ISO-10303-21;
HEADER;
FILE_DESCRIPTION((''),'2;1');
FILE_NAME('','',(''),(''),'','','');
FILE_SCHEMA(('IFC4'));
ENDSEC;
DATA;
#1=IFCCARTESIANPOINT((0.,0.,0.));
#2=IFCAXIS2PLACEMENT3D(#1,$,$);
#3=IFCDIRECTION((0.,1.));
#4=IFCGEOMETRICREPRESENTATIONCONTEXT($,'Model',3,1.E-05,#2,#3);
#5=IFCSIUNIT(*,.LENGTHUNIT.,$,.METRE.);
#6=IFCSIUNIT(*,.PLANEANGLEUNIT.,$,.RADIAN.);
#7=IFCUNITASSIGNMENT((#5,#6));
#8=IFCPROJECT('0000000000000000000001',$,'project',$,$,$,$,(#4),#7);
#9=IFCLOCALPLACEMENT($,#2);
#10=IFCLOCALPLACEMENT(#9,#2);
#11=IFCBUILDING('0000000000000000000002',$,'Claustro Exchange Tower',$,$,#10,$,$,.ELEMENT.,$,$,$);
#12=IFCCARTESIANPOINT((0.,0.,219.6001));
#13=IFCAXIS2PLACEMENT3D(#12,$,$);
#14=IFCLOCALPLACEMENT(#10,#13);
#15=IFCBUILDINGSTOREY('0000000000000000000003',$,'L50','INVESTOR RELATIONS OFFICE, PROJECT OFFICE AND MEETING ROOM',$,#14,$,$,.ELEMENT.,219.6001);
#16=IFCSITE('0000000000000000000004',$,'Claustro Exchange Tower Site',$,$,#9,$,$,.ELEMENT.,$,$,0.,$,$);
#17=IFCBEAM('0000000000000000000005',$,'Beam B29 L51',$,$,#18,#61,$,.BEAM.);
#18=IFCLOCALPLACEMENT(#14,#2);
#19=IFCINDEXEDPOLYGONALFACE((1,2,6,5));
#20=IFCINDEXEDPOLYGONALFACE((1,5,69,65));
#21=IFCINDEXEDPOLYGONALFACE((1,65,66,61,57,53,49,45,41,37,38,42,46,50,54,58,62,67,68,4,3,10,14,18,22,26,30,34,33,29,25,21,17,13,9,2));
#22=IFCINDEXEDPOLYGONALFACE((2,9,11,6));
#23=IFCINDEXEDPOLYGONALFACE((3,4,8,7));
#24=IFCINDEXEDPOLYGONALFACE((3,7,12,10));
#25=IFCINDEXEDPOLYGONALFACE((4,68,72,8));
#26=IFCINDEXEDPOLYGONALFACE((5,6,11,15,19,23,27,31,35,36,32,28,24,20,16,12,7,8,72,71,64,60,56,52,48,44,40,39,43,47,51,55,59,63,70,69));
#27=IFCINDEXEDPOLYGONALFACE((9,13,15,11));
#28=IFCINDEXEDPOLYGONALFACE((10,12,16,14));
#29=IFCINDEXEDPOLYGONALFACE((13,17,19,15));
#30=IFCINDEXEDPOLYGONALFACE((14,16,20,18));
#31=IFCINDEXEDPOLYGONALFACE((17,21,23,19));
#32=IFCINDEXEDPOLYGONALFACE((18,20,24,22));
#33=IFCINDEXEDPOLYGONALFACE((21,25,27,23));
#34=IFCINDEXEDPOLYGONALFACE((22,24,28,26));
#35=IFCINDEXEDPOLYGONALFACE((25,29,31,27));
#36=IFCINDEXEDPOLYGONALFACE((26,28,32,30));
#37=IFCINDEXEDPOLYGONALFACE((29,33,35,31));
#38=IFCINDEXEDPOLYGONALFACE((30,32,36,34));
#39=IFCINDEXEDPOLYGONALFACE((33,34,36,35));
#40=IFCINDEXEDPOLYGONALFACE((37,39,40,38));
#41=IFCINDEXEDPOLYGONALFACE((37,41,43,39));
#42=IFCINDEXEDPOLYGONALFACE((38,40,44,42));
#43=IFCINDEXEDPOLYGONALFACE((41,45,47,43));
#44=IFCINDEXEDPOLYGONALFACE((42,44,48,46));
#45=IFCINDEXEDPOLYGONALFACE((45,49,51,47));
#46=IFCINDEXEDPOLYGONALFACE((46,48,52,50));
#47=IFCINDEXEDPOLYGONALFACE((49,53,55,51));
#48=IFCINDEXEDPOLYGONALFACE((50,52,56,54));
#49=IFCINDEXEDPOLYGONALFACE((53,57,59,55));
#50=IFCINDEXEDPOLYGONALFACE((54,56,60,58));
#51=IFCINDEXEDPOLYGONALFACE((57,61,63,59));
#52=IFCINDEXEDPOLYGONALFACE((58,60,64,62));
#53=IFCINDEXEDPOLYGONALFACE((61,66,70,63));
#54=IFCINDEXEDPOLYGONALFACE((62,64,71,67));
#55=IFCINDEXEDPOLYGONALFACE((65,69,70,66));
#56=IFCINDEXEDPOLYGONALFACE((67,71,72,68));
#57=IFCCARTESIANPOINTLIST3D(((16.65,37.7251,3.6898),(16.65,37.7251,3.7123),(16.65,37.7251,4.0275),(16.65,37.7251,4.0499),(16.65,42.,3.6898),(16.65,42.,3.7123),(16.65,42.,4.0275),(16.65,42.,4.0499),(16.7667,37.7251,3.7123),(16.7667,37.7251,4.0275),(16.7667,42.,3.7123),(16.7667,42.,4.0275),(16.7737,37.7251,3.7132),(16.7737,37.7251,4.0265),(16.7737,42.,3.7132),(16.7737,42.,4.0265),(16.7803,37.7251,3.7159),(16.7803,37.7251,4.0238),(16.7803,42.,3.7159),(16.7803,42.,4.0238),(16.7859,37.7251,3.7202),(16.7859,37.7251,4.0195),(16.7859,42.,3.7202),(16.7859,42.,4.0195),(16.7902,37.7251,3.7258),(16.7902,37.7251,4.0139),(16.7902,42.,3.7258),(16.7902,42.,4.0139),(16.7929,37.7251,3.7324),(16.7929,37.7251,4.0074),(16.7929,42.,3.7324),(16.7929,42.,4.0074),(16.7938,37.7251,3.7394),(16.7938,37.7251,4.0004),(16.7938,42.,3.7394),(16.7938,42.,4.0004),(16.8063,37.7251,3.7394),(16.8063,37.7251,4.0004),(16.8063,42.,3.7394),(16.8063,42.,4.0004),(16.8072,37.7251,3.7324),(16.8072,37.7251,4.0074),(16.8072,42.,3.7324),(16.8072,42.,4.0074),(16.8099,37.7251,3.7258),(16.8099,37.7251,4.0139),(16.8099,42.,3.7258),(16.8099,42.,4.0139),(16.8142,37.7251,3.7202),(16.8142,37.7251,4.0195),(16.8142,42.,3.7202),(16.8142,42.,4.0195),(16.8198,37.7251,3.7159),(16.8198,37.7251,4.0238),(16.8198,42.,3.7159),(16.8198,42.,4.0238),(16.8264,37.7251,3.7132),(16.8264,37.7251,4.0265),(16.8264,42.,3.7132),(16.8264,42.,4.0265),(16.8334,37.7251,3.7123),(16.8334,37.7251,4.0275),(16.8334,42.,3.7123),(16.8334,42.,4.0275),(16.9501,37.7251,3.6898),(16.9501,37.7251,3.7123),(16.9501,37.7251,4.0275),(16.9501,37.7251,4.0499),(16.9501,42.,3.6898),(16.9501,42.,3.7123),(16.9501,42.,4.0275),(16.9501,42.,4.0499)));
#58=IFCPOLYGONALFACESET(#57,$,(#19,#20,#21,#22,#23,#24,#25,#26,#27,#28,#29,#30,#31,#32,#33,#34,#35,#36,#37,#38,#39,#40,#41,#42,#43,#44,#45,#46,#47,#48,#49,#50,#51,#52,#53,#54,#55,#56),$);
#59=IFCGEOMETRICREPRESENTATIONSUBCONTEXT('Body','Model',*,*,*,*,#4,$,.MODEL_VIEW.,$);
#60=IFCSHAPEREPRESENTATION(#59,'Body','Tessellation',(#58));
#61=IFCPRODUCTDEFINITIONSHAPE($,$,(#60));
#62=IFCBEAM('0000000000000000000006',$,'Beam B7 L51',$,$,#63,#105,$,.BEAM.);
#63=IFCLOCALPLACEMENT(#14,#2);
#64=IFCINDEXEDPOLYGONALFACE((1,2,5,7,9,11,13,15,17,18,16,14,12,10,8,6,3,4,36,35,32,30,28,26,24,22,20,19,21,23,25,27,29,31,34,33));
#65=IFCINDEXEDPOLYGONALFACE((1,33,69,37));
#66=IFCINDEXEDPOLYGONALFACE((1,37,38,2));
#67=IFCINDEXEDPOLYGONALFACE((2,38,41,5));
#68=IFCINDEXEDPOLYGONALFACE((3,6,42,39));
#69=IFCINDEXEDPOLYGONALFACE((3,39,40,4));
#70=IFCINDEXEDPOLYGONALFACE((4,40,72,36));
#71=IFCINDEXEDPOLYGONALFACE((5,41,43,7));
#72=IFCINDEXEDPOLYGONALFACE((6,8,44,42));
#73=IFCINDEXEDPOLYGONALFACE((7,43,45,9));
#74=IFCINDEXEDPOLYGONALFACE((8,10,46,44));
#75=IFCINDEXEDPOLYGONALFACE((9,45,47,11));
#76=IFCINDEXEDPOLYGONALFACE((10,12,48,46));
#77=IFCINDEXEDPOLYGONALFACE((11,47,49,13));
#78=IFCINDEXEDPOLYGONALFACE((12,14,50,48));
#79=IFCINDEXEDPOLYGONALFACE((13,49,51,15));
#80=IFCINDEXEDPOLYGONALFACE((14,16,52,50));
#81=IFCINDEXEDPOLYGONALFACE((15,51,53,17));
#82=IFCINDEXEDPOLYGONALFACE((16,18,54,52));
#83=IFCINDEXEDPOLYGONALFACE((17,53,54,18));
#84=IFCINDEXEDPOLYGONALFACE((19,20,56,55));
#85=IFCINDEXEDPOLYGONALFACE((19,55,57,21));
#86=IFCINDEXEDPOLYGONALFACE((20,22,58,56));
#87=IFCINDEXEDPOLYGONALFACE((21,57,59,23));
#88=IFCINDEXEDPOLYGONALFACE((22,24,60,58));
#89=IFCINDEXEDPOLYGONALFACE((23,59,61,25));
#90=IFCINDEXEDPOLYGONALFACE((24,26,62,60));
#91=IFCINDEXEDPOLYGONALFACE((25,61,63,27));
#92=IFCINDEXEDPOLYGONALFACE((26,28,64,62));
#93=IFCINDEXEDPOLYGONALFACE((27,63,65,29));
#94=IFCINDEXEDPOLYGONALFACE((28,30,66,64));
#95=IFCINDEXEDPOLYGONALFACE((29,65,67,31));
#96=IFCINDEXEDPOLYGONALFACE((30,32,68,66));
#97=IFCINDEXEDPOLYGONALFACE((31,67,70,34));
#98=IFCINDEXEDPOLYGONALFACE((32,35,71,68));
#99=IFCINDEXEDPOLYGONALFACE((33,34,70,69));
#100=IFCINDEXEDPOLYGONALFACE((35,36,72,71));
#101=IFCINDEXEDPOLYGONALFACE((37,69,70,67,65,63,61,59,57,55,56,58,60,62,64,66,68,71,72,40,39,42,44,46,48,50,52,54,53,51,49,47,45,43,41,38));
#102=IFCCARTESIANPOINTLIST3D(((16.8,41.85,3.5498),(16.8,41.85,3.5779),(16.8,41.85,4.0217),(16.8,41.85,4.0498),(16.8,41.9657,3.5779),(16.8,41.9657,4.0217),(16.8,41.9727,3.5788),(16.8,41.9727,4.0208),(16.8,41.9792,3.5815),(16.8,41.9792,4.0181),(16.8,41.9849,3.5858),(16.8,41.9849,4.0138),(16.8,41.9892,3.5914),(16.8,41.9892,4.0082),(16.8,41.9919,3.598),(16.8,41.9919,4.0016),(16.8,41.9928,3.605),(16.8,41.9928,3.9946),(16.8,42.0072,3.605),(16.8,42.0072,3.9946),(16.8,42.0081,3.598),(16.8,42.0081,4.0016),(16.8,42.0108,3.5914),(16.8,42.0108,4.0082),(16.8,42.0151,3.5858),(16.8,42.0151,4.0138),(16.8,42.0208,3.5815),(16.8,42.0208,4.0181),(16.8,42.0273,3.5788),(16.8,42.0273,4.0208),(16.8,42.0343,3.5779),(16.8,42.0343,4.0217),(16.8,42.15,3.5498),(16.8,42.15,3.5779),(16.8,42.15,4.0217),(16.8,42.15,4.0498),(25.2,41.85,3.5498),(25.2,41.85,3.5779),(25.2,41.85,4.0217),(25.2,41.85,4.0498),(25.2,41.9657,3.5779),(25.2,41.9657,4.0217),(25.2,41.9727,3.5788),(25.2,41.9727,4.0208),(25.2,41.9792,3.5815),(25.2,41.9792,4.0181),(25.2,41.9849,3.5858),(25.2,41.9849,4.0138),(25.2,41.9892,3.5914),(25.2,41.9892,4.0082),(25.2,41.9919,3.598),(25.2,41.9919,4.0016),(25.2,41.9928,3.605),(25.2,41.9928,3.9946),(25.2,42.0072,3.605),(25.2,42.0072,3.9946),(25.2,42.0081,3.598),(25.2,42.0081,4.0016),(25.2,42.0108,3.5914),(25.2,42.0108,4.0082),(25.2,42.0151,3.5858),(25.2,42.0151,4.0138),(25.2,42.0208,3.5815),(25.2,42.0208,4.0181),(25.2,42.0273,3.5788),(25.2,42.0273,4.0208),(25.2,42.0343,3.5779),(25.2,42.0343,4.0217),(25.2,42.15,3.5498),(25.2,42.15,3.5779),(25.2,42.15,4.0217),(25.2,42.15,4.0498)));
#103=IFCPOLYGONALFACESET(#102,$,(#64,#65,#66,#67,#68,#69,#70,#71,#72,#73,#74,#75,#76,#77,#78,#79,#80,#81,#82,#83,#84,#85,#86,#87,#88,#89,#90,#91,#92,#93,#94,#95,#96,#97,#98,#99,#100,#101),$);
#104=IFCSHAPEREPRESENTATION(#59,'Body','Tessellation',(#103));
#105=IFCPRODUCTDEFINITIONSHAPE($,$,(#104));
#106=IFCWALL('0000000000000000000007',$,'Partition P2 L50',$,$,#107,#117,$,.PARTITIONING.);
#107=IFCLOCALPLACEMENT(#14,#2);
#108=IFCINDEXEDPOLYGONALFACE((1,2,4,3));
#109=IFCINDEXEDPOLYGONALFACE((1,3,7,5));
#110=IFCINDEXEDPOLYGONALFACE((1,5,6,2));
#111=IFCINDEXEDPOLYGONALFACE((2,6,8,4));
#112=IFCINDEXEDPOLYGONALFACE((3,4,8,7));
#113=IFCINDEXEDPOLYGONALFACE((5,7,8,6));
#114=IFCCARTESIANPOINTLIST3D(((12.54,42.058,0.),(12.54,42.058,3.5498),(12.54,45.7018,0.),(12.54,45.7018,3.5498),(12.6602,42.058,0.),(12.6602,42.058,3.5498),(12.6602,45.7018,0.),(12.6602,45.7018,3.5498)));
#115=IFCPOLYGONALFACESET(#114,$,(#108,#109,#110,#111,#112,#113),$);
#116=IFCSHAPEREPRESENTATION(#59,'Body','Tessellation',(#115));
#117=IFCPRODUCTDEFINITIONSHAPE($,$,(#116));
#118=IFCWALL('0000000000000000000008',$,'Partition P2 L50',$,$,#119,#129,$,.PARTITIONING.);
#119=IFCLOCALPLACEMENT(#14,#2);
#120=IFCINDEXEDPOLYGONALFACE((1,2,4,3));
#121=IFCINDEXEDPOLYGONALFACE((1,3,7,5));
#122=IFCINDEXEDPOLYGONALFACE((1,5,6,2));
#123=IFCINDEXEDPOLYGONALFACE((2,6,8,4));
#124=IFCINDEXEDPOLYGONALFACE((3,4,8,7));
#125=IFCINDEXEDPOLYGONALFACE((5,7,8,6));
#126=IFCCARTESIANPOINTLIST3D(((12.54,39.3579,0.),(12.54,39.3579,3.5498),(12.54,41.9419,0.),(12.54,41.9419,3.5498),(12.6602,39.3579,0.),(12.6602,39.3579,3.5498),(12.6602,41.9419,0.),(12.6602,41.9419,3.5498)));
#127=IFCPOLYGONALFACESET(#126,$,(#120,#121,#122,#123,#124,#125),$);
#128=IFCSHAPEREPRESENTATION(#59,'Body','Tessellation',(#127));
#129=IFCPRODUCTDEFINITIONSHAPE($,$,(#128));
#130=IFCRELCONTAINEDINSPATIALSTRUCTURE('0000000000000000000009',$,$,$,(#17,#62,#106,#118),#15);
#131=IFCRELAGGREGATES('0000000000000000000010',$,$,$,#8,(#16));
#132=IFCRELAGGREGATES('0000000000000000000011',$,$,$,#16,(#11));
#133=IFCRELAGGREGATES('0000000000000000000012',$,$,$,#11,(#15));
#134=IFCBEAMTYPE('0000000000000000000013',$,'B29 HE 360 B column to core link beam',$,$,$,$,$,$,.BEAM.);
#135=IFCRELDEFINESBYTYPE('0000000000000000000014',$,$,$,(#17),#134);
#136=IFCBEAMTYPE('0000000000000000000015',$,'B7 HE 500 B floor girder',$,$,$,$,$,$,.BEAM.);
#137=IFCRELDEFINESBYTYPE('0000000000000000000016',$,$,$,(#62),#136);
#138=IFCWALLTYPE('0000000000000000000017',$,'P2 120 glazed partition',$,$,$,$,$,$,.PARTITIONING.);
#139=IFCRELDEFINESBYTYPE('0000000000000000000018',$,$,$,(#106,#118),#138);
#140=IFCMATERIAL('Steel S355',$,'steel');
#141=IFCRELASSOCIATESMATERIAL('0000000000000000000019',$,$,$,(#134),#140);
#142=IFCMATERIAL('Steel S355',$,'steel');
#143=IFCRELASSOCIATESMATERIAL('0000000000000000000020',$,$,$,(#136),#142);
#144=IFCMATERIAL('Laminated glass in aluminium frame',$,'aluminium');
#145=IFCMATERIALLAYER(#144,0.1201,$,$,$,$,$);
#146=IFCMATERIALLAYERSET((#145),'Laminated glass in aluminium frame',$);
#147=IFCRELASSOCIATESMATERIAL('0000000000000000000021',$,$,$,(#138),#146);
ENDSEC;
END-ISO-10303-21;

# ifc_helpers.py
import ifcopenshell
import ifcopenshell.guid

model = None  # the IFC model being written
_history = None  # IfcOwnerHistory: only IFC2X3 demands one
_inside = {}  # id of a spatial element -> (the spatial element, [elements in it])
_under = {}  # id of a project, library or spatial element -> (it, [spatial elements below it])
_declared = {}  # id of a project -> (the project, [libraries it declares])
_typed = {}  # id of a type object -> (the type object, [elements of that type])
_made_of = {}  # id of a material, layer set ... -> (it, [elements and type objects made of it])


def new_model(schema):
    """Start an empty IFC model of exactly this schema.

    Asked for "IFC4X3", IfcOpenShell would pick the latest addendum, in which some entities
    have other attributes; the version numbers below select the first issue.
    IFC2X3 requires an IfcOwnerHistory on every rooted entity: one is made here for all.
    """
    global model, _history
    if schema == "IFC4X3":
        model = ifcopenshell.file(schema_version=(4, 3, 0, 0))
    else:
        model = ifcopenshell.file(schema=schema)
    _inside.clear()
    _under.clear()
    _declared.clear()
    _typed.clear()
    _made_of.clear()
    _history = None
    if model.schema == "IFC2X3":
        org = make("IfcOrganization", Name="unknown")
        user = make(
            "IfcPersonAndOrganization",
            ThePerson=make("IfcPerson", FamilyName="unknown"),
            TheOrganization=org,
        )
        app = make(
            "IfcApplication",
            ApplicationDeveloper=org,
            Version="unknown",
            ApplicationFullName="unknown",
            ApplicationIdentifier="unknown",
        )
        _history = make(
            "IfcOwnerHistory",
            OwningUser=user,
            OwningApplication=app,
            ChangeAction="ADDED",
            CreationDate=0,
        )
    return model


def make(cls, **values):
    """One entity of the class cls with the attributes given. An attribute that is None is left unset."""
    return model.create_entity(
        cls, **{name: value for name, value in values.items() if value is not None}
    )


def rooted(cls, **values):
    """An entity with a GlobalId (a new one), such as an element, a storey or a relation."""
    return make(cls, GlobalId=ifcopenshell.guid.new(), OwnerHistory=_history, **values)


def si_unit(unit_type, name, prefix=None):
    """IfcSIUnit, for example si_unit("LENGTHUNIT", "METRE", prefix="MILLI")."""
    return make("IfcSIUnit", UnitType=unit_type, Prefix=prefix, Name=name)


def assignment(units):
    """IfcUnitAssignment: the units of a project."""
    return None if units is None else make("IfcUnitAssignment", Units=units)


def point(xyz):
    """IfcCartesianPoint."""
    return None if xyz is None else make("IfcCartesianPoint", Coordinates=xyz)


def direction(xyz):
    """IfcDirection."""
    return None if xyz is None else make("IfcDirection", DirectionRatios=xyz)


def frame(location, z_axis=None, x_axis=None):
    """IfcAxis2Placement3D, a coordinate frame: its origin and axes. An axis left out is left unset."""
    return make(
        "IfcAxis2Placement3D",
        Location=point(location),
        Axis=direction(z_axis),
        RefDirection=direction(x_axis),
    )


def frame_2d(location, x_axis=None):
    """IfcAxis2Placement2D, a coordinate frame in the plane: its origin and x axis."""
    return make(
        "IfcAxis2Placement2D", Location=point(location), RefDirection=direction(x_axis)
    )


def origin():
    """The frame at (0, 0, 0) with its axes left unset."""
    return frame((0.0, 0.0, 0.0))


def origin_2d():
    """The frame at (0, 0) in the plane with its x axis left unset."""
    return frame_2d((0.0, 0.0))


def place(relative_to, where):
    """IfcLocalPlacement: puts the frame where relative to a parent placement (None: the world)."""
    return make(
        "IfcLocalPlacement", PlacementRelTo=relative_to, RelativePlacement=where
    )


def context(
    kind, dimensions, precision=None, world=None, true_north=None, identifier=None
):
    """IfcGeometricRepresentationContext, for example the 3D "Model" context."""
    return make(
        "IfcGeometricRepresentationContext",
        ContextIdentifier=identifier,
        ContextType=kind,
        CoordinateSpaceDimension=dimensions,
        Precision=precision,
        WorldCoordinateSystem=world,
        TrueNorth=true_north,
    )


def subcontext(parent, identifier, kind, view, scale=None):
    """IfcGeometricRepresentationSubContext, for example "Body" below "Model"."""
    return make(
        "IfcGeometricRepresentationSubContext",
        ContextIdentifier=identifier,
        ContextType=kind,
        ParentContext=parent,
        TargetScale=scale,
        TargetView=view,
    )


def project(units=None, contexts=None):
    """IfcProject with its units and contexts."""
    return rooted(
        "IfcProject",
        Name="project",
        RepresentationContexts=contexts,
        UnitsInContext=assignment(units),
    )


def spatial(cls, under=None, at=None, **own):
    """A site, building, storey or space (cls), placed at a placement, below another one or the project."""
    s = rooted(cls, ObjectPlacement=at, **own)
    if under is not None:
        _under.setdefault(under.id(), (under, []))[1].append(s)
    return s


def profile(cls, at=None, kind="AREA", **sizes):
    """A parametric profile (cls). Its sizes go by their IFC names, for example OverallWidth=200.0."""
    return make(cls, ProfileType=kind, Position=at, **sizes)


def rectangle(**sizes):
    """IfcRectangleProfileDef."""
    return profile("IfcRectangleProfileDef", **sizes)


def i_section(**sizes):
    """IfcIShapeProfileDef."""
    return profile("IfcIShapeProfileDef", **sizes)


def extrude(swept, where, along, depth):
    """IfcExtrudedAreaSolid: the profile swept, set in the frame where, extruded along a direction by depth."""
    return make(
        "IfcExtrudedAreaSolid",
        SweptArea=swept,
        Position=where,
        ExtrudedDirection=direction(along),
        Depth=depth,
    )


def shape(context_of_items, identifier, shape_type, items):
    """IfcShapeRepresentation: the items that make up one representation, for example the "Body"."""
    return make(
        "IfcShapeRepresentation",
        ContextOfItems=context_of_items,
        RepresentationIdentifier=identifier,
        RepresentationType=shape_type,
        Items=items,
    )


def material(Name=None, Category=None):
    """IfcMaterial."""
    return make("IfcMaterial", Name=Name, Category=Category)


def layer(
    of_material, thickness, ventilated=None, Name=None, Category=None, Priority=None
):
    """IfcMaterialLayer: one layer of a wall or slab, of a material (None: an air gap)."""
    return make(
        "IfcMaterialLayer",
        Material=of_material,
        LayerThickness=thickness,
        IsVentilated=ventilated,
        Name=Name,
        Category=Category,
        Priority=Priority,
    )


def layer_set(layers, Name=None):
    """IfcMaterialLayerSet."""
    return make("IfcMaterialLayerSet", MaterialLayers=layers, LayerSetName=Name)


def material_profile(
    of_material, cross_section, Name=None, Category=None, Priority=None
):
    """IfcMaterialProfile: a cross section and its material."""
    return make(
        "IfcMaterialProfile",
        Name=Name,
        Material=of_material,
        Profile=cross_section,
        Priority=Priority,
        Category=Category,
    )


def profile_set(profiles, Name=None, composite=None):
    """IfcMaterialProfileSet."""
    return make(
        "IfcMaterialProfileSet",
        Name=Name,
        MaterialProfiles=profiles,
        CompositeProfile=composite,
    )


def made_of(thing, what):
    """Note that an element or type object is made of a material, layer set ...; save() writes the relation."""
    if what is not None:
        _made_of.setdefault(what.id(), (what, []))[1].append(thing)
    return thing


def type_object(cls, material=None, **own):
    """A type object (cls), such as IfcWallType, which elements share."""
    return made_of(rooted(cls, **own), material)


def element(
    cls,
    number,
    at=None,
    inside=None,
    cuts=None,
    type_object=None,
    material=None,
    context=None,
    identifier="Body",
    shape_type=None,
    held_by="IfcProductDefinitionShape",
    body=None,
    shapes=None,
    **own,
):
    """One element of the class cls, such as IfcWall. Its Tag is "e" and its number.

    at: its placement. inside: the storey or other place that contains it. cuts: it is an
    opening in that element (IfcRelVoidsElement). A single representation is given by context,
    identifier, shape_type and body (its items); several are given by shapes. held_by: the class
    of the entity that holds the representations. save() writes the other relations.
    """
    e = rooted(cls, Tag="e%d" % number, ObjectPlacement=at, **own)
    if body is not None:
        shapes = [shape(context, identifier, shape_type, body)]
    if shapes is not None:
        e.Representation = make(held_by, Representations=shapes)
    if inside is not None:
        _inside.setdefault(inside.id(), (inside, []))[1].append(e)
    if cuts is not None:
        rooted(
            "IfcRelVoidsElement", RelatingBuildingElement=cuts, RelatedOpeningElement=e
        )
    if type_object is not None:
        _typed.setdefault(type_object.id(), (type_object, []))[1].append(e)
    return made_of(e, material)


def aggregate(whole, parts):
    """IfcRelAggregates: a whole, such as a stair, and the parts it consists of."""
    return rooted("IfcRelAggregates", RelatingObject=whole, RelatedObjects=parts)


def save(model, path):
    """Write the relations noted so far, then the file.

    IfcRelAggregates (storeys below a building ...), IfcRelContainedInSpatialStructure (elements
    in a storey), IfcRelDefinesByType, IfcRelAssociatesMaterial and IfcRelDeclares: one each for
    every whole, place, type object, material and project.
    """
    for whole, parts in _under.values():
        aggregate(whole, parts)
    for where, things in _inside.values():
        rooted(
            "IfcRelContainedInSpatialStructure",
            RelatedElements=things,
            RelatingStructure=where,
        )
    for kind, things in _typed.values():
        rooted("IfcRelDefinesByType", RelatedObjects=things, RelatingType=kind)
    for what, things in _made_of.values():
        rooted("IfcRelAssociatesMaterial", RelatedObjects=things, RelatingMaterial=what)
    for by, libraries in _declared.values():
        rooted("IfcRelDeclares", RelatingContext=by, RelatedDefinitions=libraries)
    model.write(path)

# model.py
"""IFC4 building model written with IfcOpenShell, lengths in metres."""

from ifc_helpers import new_model, si_unit, direction, frame, frame_2d, origin, origin_2d, place, context, subcontext, project, spatial, rectangle, i_section, extrude, material, layer, layer_set, material_profile, profile_set, type_object, element, save


model = new_model("IFC4")

# Units and contexts
model_context = context("Model", 3, precision=1e-05, world=origin(), true_north=direction((0.0, 1.0)))
body_context = subcontext(model_context, "Body", "Model", "MODEL_VIEW")
ifc_project = project(units=[si_unit("LENGTHUNIT", "METRE"), si_unit("PLANEANGLEUNIT", "RADIAN")], contexts=[model_context])

# Site, building, storey
site_placement = place(None, origin())
site = spatial("IfcSite", under=ifc_project, at=site_placement, Name="Claustro Exchange Tower Site", CompositionType="ELEMENT", RefElevation=0.0)
building_placement = place(site_placement, origin())
building = spatial("IfcBuilding", under=site, at=building_placement, Name="Claustro Exchange Tower", CompositionType="ELEMENT")
storey_placement = place(building_placement, frame((0.0, 0.0, 219.6001)))
storey = spatial("IfcBuildingStorey", under=building, at=storey_placement, Name="L50", Description="INVESTOR RELATIONS OFFICE, PROJECT OFFICE AND MEETING ROOM", CompositionType="ELEMENT", Elevation=219.6001)

# Beams
ifc_material_1 = material(Name="Steel S355", Category="steel")
ifc_material_profile_1 = material_profile(ifc_material_1, i_section(OverallWidth=0.3, OverallDepth=0.3601, WebThickness=0.0125, FlangeThickness=0.0225, FilletRadius=0.0271, at=origin_2d()), Name="HE 360 B")
ifc_profile_set_1 = profile_set([ifc_material_profile_1], Name="Steel S355")
beam_type_1 = type_object("IfcBeamType", Name="B29 HE 360 B column to core link beam", PredefinedType="BEAM", material=ifc_profile_set_1)
beam_1_placement = place(storey_placement, frame((16.8, 37.7251, 3.8699), z_axis=(0.0, 1.0, 0.0), x_axis=(-1.0, 0.0, 0.0)))
element("IfcBeam", 1, at=beam_1_placement, inside=storey, type_object=beam_type_1, Name="Beam B29 L51", PredefinedType="BEAM", context=body_context, shape_type="SweptSolid", body=[
    extrude(i_section(OverallWidth=0.3, OverallDepth=0.3601, WebThickness=0.0125, FlangeThickness=0.0225, FilletRadius=0.0271, at=origin_2d()), origin(), (0.0, 0.0, 1.0), 4.2749),
])
ifc_material_2 = material(Name="Steel S355", Category="steel")
ifc_material_profile_2 = material_profile(ifc_material_2, i_section(OverallWidth=0.3, OverallDepth=0.5, WebThickness=0.0144, FlangeThickness=0.0281, FilletRadius=0.0271, at=origin_2d()), Name="HE 500 B")
ifc_profile_set_2 = profile_set([ifc_material_profile_2], Name="Steel S355")
beam_type_2 = type_object("IfcBeamType", Name="B7 HE 500 B floor girder", PredefinedType="BEAM", material=ifc_profile_set_2)
beam_2_placement = place(storey_placement, frame((16.8, 42.0, 3.7998), z_axis=(1.0, 0.0, 0.0), x_axis=(0.0, 1.0, 0.0)))
element("IfcBeam", 2, at=beam_2_placement, inside=storey, type_object=beam_type_2, Name="Beam B7 L51", PredefinedType="BEAM", context=body_context, shape_type="SweptSolid", body=[
    extrude(i_section(OverallWidth=0.3, OverallDepth=0.5, WebThickness=0.0144, FlangeThickness=0.0281, FilletRadius=0.0271, at=origin_2d()), origin(), (0.0, 0.0, 1.0), 8.3999),
])

# Shared definitions
ifc_material_3 = material(Name="Laminated glass in aluminium frame", Category="aluminium")
ifc_layer = layer(ifc_material_3, 0.1201)
ifc_layer_set = layer_set([ifc_layer], Name="Laminated glass in aluminium frame")
wall_type = type_object("IfcWallType", Name="P2 120 glazed partition", PredefinedType="PARTITIONING", material=ifc_layer_set)

# Walls
wall_1_placement = place(storey_placement, frame((12.6001, 42.0581, 0.0), z_axis=(0.0, 0.0, 1.0), x_axis=(0.0, 1.0, 0.0)))
element("IfcWall", 3, at=wall_1_placement, inside=storey, type_object=wall_type, Name="Partition P2 L50", PredefinedType="PARTITIONING", context=body_context, shape_type="SweptSolid", body=[
    extrude(rectangle(XDim=3.6438, YDim=0.1201, at=frame_2d((1.8218, 0.0))), origin(), (0.0, 0.0, 1.0), 3.5498),
])
wall_2_placement = place(storey_placement, frame((12.6001, 39.3579, 0.0), z_axis=(0.0, 0.0, 1.0), x_axis=(0.0, 1.0, 0.0)))
element("IfcWall", 4, at=wall_2_placement, inside=storey, type_object=wall_type, Name="Partition P2 L50", PredefinedType="PARTITIONING", context=body_context, shape_type="SweptSolid", body=[
    extrude(rectangle(XDim=2.584, YDim=0.1201, at=frame_2d((1.292, 0.0))), origin(), (0.0, 0.0, 1.0), 3.5498),
])

save(model, "model.ifc")
